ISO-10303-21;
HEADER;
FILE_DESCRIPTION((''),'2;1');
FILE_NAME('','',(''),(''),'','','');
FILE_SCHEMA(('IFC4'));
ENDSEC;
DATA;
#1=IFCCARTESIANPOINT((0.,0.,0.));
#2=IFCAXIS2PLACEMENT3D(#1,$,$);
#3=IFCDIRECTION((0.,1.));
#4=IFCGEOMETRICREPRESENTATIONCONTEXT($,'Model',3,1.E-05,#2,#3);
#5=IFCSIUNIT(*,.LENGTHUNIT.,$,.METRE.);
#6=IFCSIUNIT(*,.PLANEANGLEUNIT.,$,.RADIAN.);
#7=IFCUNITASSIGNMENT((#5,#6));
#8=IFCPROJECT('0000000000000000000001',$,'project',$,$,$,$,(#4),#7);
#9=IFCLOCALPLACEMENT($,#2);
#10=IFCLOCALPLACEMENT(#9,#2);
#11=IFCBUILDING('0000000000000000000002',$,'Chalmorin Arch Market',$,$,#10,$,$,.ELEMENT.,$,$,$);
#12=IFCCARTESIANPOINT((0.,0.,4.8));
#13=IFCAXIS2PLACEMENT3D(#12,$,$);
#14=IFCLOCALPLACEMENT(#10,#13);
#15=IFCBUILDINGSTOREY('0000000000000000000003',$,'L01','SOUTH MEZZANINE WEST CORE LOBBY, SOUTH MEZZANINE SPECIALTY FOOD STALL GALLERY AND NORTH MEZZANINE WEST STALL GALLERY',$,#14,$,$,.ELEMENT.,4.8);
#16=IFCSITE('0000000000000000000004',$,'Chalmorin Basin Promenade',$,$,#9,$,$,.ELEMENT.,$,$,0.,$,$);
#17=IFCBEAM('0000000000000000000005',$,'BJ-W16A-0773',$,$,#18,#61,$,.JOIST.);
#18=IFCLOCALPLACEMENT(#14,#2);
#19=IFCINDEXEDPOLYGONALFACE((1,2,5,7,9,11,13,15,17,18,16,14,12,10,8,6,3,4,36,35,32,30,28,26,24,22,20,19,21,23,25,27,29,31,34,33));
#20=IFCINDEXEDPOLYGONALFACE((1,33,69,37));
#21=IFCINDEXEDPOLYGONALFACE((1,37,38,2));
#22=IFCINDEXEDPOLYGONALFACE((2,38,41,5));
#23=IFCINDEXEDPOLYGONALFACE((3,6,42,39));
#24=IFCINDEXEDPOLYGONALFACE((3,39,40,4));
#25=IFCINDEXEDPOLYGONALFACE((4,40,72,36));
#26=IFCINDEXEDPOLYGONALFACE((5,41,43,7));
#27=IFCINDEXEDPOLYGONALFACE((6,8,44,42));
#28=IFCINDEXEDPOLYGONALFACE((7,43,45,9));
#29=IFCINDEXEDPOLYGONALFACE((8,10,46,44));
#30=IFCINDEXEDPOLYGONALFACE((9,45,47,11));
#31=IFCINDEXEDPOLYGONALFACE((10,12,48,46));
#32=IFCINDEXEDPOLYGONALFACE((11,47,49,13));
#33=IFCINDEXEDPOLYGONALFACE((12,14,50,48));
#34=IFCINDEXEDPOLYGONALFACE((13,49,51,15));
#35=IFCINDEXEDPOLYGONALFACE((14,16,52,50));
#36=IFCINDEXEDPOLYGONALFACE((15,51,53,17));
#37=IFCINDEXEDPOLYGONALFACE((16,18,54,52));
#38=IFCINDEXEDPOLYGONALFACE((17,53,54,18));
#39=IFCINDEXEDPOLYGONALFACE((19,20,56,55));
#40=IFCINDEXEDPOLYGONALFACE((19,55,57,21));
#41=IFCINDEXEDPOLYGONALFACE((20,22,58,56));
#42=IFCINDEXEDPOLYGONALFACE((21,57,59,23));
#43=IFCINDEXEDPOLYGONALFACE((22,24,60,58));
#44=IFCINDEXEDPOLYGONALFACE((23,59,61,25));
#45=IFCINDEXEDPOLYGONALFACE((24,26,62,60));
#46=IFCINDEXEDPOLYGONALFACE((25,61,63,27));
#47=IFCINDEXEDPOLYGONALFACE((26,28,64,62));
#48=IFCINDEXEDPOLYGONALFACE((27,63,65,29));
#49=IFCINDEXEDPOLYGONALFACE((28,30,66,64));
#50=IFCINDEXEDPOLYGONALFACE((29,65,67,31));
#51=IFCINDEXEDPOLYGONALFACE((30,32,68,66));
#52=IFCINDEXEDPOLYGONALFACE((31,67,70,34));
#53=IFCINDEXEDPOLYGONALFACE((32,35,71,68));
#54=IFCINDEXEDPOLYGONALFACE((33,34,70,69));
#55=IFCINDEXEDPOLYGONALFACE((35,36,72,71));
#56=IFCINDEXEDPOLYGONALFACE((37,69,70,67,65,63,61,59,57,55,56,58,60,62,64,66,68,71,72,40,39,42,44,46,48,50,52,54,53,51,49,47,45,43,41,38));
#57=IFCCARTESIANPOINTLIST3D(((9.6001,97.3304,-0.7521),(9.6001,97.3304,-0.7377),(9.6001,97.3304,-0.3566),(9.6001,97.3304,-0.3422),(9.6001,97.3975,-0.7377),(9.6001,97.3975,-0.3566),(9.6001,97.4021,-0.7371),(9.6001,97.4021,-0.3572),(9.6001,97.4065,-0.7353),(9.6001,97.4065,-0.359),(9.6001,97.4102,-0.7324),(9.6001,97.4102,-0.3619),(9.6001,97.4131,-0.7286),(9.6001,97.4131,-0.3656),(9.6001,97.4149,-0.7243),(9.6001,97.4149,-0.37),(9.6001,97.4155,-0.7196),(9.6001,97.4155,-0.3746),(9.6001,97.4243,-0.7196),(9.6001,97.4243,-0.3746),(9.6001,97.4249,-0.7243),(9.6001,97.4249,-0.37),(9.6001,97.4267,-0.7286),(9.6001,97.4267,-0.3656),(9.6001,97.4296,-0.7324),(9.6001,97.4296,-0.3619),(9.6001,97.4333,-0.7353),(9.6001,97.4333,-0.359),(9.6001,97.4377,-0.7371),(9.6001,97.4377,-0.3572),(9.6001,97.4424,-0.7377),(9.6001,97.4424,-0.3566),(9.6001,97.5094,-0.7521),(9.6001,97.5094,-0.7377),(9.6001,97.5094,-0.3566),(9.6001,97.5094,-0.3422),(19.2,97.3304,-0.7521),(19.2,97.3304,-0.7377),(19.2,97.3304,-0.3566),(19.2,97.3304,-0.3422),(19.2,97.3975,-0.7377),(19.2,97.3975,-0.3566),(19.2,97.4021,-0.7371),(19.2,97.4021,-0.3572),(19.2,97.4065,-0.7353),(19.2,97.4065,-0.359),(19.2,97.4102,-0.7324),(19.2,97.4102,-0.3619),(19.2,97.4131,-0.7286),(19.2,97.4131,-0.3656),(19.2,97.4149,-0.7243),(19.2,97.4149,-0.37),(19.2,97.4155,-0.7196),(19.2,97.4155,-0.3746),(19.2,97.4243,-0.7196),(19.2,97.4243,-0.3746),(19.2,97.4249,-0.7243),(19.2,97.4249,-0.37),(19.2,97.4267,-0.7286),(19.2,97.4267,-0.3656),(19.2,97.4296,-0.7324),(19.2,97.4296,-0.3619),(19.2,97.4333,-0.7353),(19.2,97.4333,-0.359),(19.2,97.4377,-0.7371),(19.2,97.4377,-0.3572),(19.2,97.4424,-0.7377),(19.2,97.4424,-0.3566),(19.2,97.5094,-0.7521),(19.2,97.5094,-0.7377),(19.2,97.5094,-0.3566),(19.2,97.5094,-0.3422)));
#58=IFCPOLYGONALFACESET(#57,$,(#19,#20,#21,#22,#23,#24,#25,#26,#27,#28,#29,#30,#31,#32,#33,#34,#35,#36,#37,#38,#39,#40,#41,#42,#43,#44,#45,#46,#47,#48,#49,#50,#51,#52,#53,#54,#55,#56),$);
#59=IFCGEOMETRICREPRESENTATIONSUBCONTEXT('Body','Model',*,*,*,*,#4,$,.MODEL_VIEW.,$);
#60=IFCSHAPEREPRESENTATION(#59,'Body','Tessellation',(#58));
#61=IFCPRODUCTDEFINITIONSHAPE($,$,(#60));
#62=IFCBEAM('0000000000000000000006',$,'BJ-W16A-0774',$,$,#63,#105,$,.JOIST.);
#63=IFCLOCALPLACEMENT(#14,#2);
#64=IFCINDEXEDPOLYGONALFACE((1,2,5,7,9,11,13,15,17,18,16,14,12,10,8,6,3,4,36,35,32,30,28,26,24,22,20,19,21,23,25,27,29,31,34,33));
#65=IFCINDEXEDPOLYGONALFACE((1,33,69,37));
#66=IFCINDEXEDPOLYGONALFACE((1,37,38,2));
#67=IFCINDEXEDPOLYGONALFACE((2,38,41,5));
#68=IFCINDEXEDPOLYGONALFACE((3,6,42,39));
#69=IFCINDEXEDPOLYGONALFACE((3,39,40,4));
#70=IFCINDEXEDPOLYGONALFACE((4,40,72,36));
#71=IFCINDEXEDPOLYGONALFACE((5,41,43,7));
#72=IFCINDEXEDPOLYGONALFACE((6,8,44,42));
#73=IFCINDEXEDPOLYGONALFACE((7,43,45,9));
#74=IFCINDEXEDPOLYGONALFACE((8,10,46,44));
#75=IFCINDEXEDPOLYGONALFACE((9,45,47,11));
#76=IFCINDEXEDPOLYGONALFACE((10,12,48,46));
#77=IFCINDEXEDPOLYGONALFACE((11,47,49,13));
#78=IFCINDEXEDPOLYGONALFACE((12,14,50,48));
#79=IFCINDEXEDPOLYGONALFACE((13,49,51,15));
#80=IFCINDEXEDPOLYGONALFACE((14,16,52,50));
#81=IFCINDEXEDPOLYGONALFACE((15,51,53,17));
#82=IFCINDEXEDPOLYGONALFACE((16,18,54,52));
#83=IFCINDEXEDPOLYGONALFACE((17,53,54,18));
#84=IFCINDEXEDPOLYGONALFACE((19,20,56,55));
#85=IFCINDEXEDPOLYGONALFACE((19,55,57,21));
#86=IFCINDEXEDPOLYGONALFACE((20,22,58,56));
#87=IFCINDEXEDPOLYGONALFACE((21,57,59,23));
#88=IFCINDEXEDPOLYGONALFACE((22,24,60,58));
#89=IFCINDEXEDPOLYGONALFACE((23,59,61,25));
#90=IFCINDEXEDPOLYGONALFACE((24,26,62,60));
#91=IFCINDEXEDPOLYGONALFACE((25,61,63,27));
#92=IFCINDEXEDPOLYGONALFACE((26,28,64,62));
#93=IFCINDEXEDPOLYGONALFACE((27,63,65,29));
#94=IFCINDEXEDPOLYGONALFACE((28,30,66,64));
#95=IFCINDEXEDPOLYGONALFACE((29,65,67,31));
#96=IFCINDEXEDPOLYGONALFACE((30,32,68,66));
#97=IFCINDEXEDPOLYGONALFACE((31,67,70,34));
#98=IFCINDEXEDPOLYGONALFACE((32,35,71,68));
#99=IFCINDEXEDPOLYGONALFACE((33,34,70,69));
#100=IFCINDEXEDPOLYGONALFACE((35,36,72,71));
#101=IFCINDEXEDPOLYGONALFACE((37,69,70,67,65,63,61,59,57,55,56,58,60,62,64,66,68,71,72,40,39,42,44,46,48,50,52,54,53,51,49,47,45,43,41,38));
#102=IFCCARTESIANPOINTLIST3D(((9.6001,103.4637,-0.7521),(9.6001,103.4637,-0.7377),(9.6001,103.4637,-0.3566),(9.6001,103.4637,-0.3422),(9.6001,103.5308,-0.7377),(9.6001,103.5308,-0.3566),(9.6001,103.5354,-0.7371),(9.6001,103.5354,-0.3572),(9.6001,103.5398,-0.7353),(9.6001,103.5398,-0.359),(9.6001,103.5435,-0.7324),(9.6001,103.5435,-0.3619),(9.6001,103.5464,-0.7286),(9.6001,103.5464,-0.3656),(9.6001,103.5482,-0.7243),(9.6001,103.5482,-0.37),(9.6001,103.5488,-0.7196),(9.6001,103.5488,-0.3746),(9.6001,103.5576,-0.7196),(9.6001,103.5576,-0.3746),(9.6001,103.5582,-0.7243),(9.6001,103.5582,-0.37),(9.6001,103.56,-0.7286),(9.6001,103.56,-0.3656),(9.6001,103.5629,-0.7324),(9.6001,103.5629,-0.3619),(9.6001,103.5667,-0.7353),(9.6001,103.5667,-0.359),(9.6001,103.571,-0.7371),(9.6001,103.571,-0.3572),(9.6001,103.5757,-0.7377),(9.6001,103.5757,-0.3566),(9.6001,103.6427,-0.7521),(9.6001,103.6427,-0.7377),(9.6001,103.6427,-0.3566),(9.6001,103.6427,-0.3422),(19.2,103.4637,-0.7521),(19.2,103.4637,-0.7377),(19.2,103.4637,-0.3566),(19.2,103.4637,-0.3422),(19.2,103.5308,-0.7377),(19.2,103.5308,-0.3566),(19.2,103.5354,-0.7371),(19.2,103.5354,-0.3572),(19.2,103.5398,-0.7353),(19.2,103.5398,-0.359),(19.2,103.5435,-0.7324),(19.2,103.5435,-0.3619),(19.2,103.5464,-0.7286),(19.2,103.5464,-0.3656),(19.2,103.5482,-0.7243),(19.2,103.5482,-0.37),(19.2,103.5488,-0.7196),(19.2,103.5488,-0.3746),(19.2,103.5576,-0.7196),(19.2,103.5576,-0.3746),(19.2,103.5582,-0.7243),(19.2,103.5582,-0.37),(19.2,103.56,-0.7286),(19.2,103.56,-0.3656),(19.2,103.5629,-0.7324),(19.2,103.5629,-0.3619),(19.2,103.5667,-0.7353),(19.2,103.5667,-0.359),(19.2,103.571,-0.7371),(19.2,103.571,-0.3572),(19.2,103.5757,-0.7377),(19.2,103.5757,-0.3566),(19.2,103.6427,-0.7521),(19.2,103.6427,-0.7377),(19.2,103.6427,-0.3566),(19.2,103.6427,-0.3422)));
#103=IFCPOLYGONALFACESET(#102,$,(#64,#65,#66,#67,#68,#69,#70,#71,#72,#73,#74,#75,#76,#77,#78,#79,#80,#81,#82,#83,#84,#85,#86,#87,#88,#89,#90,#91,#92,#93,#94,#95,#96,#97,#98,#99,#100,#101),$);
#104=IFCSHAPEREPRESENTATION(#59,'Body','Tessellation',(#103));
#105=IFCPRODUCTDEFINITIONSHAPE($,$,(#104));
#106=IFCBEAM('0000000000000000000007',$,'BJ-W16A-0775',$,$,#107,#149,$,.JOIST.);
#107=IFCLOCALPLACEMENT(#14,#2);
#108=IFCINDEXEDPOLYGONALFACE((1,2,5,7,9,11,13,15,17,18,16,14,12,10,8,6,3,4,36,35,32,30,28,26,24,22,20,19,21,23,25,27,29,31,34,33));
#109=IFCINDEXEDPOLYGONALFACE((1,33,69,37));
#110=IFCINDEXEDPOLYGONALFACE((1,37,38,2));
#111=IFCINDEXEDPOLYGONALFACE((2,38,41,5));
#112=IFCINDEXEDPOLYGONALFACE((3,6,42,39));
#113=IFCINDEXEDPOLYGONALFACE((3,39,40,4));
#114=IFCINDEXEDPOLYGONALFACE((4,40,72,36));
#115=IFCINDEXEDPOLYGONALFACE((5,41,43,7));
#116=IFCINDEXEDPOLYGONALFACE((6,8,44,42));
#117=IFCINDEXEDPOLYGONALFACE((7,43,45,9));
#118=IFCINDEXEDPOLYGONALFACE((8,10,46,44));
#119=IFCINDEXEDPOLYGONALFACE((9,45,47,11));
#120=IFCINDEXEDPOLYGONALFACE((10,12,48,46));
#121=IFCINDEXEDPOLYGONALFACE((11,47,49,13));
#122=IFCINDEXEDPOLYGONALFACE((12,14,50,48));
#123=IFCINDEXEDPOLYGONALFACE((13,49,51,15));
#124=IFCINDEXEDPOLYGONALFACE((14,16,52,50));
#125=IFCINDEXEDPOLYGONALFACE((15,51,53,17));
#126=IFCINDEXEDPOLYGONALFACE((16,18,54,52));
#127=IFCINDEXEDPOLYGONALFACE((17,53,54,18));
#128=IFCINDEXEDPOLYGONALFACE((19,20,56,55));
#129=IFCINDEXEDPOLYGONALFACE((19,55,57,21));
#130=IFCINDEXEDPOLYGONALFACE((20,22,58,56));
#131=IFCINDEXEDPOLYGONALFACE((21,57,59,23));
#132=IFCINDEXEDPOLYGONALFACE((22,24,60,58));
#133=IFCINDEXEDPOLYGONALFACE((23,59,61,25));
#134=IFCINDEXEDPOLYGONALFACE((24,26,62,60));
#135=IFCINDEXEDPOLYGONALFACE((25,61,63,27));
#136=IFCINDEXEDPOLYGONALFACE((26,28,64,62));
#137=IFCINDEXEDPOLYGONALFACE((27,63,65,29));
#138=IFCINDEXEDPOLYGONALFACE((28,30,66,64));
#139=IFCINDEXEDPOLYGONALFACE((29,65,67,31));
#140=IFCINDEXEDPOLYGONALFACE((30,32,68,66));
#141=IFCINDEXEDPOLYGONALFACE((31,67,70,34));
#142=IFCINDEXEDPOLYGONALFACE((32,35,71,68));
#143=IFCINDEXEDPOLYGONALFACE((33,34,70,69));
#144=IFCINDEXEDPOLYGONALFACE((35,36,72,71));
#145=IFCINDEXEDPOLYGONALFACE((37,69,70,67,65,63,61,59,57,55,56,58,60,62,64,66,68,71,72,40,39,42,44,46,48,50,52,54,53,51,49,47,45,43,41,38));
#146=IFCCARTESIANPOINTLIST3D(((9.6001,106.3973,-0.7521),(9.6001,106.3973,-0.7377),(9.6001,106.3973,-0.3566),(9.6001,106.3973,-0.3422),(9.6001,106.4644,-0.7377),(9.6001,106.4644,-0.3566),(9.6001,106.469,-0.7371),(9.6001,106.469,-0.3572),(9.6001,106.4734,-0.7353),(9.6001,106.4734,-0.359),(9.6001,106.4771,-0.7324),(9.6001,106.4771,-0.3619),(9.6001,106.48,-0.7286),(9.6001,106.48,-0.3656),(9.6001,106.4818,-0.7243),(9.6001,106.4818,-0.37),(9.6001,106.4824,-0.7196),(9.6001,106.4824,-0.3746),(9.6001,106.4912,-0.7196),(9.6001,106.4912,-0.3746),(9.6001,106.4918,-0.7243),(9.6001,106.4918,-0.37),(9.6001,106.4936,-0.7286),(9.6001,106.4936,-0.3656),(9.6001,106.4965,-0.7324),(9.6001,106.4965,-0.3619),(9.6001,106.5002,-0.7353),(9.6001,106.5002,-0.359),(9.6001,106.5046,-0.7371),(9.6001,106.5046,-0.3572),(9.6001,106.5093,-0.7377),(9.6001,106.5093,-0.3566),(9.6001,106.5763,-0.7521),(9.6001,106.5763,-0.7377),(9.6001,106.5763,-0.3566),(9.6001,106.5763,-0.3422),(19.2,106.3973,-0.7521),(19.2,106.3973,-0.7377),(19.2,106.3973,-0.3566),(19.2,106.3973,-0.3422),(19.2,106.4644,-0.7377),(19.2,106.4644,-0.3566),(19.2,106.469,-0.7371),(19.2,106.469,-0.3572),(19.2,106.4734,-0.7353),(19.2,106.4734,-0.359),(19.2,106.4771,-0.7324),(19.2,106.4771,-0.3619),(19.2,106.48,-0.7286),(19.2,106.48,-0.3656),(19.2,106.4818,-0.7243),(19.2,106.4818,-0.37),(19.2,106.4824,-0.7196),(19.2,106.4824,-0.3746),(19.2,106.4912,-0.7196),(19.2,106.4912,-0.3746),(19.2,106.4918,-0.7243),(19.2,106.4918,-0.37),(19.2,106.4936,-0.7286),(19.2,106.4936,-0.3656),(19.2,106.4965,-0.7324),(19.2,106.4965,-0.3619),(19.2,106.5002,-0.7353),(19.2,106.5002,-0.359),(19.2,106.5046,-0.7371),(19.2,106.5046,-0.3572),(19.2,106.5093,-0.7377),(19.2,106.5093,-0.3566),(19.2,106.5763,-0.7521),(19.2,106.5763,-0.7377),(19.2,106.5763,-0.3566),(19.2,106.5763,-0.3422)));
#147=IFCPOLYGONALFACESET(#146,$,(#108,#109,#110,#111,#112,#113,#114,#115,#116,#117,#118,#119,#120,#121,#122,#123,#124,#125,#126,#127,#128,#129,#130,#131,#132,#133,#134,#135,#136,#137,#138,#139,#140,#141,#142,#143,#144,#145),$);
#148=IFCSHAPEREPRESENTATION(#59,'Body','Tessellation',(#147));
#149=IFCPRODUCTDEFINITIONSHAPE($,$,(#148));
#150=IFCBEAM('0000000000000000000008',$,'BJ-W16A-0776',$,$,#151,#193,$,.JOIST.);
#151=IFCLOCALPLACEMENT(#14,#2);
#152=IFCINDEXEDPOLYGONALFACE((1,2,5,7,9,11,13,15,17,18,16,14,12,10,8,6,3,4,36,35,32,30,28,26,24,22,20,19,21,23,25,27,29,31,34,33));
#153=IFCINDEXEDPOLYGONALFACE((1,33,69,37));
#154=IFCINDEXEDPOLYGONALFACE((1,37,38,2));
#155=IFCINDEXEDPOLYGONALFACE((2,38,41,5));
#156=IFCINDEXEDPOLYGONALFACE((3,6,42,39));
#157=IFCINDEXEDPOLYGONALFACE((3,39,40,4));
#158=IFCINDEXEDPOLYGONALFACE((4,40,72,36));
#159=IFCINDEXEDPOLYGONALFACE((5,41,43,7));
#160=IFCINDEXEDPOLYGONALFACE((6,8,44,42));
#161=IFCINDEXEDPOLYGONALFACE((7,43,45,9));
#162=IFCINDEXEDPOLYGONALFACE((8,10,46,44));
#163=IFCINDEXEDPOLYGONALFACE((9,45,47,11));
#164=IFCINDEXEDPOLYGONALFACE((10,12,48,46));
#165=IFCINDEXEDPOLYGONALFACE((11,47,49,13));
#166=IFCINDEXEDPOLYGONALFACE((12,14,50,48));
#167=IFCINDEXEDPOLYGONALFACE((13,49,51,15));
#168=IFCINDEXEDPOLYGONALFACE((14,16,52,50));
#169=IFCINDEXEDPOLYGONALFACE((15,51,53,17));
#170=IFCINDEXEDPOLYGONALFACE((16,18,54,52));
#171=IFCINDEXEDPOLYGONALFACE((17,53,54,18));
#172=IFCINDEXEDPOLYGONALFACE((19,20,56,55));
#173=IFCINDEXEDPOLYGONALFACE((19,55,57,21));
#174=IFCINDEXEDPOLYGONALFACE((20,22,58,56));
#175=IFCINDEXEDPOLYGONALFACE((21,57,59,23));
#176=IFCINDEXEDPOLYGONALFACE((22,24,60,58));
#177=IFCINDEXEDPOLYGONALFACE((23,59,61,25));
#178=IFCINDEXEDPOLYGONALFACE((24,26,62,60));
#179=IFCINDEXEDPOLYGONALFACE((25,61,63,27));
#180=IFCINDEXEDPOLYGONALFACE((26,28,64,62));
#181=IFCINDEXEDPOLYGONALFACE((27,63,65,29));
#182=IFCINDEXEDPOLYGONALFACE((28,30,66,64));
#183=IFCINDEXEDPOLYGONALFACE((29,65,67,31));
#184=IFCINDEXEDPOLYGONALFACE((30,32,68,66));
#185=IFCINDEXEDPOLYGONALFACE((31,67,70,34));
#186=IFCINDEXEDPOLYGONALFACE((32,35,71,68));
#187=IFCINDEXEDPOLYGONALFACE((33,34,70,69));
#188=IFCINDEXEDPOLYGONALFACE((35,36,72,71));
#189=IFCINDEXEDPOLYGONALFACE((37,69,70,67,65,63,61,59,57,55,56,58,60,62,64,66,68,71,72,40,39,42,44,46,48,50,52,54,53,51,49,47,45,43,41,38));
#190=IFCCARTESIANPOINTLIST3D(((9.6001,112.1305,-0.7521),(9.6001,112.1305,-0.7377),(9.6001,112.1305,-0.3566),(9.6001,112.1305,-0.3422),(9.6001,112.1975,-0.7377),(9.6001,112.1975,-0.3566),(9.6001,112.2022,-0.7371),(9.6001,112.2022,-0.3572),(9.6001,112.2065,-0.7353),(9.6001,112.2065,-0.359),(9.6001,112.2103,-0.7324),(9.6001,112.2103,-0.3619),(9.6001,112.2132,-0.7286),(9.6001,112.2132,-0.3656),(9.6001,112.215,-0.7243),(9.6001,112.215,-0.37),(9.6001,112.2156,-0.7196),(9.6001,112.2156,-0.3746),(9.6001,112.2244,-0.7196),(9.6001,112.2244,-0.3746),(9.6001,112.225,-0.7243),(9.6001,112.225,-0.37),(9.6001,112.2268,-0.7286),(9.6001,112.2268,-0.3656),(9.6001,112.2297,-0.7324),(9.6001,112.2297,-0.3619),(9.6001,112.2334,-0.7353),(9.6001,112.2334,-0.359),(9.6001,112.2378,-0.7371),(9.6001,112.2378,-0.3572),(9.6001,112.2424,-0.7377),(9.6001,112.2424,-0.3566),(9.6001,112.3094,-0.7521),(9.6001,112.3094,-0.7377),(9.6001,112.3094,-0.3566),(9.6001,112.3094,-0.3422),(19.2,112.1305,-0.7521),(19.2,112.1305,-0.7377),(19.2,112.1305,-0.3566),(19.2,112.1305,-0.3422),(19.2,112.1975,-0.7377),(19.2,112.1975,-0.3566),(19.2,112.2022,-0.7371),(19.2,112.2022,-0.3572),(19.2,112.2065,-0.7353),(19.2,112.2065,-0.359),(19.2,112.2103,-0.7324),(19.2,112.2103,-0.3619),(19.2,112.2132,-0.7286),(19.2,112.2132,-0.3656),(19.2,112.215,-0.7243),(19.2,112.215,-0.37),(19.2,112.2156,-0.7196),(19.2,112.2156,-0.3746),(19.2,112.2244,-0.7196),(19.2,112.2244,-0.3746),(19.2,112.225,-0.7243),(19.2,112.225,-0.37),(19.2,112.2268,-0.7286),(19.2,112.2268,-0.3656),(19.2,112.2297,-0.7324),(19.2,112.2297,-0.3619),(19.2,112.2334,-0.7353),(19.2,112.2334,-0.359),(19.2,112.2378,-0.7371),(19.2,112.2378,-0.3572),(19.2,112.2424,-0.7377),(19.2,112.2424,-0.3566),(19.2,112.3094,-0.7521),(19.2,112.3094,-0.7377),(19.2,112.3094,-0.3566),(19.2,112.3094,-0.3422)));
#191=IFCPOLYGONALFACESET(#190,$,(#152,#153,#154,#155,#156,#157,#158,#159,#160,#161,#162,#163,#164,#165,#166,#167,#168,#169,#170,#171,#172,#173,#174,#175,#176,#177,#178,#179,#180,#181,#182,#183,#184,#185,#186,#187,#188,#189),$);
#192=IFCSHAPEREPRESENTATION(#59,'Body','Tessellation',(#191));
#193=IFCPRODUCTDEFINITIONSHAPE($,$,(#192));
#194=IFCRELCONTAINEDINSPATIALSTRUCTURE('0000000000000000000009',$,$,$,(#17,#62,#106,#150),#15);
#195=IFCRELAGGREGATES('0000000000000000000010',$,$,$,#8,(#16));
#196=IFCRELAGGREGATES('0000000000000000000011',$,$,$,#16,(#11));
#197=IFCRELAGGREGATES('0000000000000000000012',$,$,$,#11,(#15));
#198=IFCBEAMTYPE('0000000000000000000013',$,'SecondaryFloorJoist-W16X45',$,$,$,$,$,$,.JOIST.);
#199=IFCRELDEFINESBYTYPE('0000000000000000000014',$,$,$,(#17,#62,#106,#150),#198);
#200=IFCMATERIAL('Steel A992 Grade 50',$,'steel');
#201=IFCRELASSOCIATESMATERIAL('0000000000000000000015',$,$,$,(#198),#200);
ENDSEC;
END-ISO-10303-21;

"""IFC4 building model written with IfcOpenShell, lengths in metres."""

from ifc_helpers import new_model, si_unit, direction, frame, origin, origin_2d, place, context, subcontext, project, spatial, i_section, extrude, material, material_profile, profile_set, type_object, element, save


model = new_model("IFC4")

# Units and contexts
model_context = context("Model", 3, precision=1e-05, world=origin(), true_north=direction((0.0, 1.0)))
body_context = subcontext(model_context, "Body", "Model", "MODEL_VIEW")
ifc_project = project(units=[si_unit("LENGTHUNIT", "METRE"), si_unit("PLANEANGLEUNIT", "RADIAN")], contexts=[model_context])

# Site, building, storey
site_placement = place(None, origin())
site = spatial("IfcSite", under=ifc_project, at=site_placement, Name="Chalmorin Basin Promenade", CompositionType="ELEMENT", RefElevation=0.0)
building_placement = place(site_placement, origin())
building = spatial("IfcBuilding", under=site, at=building_placement, Name="Chalmorin Arch Market", CompositionType="ELEMENT")
storey_placement = place(building_placement, frame((0.0, 0.0, 4.8)))
storey = spatial("IfcBuildingStorey", under=building, at=storey_placement, Name="L01", Description="SOUTH MEZZANINE WEST CORE LOBBY, SOUTH MEZZANINE SPECIALTY FOOD STALL GALLERY AND NORTH MEZZANINE WEST STALL GALLERY", CompositionType="ELEMENT", Elevation=4.8)

# Beams
ifc_material = material(Name="Steel A992 Grade 50", Category="steel")
ifc_material_profile_1 = material_profile(ifc_material, i_section(OverallWidth=0.179, OverallDepth=0.4099, WebThickness=0.0088, FlangeThickness=0.0144, FilletRadius=0.0181, at=origin_2d()), Name="W16X45")
ifc_profile_set_1 = profile_set([ifc_material_profile_1], Name="Steel A992 Grade 50")
beam_type_1 = type_object("IfcBeamType", Name="SecondaryFloorJoist-W16X45", PredefinedType="JOIST", material=ifc_profile_set_1)
for number, where, z_axis, x_axis, name in (
    (1, (9.6001, 97.4199, -0.5471), (1.0, 0.0, 0.0), (0.0, 1.0, 0.0), "BJ-W16A-0773"),
    (2, (9.6001, 103.5532, -0.5471), (1.0, 0.0, 0.0), (0.0, 1.0, 0.0), "BJ-W16A-0774"),
    (3, (9.6001, 106.4868, -0.5471), (1.0, 0.0, 0.0), (0.0, 1.0, 0.0), "BJ-W16A-0775"),
    (4, (9.6001, 112.22, -0.5471), (1.0, 0.0, 0.0), (0.0, 1.0, 0.0), "BJ-W16A-0776"),
):
    element("IfcBeam", number, at=place(storey_placement, frame(where, z_axis=z_axis, x_axis=x_axis)), inside=storey, type_object=beam_type_1, Name=name, PredefinedType="JOIST", context=body_context, shape_type="SweptSolid", body=[
        extrude(i_section(OverallWidth=0.179, OverallDepth=0.4099, WebThickness=0.0088, FlangeThickness=0.0144, FilletRadius=0.0181, at=origin_2d()), origin(), (0.0, 0.0, 1.0), 9.5999),
    ])

save(model, "model.ifc")
